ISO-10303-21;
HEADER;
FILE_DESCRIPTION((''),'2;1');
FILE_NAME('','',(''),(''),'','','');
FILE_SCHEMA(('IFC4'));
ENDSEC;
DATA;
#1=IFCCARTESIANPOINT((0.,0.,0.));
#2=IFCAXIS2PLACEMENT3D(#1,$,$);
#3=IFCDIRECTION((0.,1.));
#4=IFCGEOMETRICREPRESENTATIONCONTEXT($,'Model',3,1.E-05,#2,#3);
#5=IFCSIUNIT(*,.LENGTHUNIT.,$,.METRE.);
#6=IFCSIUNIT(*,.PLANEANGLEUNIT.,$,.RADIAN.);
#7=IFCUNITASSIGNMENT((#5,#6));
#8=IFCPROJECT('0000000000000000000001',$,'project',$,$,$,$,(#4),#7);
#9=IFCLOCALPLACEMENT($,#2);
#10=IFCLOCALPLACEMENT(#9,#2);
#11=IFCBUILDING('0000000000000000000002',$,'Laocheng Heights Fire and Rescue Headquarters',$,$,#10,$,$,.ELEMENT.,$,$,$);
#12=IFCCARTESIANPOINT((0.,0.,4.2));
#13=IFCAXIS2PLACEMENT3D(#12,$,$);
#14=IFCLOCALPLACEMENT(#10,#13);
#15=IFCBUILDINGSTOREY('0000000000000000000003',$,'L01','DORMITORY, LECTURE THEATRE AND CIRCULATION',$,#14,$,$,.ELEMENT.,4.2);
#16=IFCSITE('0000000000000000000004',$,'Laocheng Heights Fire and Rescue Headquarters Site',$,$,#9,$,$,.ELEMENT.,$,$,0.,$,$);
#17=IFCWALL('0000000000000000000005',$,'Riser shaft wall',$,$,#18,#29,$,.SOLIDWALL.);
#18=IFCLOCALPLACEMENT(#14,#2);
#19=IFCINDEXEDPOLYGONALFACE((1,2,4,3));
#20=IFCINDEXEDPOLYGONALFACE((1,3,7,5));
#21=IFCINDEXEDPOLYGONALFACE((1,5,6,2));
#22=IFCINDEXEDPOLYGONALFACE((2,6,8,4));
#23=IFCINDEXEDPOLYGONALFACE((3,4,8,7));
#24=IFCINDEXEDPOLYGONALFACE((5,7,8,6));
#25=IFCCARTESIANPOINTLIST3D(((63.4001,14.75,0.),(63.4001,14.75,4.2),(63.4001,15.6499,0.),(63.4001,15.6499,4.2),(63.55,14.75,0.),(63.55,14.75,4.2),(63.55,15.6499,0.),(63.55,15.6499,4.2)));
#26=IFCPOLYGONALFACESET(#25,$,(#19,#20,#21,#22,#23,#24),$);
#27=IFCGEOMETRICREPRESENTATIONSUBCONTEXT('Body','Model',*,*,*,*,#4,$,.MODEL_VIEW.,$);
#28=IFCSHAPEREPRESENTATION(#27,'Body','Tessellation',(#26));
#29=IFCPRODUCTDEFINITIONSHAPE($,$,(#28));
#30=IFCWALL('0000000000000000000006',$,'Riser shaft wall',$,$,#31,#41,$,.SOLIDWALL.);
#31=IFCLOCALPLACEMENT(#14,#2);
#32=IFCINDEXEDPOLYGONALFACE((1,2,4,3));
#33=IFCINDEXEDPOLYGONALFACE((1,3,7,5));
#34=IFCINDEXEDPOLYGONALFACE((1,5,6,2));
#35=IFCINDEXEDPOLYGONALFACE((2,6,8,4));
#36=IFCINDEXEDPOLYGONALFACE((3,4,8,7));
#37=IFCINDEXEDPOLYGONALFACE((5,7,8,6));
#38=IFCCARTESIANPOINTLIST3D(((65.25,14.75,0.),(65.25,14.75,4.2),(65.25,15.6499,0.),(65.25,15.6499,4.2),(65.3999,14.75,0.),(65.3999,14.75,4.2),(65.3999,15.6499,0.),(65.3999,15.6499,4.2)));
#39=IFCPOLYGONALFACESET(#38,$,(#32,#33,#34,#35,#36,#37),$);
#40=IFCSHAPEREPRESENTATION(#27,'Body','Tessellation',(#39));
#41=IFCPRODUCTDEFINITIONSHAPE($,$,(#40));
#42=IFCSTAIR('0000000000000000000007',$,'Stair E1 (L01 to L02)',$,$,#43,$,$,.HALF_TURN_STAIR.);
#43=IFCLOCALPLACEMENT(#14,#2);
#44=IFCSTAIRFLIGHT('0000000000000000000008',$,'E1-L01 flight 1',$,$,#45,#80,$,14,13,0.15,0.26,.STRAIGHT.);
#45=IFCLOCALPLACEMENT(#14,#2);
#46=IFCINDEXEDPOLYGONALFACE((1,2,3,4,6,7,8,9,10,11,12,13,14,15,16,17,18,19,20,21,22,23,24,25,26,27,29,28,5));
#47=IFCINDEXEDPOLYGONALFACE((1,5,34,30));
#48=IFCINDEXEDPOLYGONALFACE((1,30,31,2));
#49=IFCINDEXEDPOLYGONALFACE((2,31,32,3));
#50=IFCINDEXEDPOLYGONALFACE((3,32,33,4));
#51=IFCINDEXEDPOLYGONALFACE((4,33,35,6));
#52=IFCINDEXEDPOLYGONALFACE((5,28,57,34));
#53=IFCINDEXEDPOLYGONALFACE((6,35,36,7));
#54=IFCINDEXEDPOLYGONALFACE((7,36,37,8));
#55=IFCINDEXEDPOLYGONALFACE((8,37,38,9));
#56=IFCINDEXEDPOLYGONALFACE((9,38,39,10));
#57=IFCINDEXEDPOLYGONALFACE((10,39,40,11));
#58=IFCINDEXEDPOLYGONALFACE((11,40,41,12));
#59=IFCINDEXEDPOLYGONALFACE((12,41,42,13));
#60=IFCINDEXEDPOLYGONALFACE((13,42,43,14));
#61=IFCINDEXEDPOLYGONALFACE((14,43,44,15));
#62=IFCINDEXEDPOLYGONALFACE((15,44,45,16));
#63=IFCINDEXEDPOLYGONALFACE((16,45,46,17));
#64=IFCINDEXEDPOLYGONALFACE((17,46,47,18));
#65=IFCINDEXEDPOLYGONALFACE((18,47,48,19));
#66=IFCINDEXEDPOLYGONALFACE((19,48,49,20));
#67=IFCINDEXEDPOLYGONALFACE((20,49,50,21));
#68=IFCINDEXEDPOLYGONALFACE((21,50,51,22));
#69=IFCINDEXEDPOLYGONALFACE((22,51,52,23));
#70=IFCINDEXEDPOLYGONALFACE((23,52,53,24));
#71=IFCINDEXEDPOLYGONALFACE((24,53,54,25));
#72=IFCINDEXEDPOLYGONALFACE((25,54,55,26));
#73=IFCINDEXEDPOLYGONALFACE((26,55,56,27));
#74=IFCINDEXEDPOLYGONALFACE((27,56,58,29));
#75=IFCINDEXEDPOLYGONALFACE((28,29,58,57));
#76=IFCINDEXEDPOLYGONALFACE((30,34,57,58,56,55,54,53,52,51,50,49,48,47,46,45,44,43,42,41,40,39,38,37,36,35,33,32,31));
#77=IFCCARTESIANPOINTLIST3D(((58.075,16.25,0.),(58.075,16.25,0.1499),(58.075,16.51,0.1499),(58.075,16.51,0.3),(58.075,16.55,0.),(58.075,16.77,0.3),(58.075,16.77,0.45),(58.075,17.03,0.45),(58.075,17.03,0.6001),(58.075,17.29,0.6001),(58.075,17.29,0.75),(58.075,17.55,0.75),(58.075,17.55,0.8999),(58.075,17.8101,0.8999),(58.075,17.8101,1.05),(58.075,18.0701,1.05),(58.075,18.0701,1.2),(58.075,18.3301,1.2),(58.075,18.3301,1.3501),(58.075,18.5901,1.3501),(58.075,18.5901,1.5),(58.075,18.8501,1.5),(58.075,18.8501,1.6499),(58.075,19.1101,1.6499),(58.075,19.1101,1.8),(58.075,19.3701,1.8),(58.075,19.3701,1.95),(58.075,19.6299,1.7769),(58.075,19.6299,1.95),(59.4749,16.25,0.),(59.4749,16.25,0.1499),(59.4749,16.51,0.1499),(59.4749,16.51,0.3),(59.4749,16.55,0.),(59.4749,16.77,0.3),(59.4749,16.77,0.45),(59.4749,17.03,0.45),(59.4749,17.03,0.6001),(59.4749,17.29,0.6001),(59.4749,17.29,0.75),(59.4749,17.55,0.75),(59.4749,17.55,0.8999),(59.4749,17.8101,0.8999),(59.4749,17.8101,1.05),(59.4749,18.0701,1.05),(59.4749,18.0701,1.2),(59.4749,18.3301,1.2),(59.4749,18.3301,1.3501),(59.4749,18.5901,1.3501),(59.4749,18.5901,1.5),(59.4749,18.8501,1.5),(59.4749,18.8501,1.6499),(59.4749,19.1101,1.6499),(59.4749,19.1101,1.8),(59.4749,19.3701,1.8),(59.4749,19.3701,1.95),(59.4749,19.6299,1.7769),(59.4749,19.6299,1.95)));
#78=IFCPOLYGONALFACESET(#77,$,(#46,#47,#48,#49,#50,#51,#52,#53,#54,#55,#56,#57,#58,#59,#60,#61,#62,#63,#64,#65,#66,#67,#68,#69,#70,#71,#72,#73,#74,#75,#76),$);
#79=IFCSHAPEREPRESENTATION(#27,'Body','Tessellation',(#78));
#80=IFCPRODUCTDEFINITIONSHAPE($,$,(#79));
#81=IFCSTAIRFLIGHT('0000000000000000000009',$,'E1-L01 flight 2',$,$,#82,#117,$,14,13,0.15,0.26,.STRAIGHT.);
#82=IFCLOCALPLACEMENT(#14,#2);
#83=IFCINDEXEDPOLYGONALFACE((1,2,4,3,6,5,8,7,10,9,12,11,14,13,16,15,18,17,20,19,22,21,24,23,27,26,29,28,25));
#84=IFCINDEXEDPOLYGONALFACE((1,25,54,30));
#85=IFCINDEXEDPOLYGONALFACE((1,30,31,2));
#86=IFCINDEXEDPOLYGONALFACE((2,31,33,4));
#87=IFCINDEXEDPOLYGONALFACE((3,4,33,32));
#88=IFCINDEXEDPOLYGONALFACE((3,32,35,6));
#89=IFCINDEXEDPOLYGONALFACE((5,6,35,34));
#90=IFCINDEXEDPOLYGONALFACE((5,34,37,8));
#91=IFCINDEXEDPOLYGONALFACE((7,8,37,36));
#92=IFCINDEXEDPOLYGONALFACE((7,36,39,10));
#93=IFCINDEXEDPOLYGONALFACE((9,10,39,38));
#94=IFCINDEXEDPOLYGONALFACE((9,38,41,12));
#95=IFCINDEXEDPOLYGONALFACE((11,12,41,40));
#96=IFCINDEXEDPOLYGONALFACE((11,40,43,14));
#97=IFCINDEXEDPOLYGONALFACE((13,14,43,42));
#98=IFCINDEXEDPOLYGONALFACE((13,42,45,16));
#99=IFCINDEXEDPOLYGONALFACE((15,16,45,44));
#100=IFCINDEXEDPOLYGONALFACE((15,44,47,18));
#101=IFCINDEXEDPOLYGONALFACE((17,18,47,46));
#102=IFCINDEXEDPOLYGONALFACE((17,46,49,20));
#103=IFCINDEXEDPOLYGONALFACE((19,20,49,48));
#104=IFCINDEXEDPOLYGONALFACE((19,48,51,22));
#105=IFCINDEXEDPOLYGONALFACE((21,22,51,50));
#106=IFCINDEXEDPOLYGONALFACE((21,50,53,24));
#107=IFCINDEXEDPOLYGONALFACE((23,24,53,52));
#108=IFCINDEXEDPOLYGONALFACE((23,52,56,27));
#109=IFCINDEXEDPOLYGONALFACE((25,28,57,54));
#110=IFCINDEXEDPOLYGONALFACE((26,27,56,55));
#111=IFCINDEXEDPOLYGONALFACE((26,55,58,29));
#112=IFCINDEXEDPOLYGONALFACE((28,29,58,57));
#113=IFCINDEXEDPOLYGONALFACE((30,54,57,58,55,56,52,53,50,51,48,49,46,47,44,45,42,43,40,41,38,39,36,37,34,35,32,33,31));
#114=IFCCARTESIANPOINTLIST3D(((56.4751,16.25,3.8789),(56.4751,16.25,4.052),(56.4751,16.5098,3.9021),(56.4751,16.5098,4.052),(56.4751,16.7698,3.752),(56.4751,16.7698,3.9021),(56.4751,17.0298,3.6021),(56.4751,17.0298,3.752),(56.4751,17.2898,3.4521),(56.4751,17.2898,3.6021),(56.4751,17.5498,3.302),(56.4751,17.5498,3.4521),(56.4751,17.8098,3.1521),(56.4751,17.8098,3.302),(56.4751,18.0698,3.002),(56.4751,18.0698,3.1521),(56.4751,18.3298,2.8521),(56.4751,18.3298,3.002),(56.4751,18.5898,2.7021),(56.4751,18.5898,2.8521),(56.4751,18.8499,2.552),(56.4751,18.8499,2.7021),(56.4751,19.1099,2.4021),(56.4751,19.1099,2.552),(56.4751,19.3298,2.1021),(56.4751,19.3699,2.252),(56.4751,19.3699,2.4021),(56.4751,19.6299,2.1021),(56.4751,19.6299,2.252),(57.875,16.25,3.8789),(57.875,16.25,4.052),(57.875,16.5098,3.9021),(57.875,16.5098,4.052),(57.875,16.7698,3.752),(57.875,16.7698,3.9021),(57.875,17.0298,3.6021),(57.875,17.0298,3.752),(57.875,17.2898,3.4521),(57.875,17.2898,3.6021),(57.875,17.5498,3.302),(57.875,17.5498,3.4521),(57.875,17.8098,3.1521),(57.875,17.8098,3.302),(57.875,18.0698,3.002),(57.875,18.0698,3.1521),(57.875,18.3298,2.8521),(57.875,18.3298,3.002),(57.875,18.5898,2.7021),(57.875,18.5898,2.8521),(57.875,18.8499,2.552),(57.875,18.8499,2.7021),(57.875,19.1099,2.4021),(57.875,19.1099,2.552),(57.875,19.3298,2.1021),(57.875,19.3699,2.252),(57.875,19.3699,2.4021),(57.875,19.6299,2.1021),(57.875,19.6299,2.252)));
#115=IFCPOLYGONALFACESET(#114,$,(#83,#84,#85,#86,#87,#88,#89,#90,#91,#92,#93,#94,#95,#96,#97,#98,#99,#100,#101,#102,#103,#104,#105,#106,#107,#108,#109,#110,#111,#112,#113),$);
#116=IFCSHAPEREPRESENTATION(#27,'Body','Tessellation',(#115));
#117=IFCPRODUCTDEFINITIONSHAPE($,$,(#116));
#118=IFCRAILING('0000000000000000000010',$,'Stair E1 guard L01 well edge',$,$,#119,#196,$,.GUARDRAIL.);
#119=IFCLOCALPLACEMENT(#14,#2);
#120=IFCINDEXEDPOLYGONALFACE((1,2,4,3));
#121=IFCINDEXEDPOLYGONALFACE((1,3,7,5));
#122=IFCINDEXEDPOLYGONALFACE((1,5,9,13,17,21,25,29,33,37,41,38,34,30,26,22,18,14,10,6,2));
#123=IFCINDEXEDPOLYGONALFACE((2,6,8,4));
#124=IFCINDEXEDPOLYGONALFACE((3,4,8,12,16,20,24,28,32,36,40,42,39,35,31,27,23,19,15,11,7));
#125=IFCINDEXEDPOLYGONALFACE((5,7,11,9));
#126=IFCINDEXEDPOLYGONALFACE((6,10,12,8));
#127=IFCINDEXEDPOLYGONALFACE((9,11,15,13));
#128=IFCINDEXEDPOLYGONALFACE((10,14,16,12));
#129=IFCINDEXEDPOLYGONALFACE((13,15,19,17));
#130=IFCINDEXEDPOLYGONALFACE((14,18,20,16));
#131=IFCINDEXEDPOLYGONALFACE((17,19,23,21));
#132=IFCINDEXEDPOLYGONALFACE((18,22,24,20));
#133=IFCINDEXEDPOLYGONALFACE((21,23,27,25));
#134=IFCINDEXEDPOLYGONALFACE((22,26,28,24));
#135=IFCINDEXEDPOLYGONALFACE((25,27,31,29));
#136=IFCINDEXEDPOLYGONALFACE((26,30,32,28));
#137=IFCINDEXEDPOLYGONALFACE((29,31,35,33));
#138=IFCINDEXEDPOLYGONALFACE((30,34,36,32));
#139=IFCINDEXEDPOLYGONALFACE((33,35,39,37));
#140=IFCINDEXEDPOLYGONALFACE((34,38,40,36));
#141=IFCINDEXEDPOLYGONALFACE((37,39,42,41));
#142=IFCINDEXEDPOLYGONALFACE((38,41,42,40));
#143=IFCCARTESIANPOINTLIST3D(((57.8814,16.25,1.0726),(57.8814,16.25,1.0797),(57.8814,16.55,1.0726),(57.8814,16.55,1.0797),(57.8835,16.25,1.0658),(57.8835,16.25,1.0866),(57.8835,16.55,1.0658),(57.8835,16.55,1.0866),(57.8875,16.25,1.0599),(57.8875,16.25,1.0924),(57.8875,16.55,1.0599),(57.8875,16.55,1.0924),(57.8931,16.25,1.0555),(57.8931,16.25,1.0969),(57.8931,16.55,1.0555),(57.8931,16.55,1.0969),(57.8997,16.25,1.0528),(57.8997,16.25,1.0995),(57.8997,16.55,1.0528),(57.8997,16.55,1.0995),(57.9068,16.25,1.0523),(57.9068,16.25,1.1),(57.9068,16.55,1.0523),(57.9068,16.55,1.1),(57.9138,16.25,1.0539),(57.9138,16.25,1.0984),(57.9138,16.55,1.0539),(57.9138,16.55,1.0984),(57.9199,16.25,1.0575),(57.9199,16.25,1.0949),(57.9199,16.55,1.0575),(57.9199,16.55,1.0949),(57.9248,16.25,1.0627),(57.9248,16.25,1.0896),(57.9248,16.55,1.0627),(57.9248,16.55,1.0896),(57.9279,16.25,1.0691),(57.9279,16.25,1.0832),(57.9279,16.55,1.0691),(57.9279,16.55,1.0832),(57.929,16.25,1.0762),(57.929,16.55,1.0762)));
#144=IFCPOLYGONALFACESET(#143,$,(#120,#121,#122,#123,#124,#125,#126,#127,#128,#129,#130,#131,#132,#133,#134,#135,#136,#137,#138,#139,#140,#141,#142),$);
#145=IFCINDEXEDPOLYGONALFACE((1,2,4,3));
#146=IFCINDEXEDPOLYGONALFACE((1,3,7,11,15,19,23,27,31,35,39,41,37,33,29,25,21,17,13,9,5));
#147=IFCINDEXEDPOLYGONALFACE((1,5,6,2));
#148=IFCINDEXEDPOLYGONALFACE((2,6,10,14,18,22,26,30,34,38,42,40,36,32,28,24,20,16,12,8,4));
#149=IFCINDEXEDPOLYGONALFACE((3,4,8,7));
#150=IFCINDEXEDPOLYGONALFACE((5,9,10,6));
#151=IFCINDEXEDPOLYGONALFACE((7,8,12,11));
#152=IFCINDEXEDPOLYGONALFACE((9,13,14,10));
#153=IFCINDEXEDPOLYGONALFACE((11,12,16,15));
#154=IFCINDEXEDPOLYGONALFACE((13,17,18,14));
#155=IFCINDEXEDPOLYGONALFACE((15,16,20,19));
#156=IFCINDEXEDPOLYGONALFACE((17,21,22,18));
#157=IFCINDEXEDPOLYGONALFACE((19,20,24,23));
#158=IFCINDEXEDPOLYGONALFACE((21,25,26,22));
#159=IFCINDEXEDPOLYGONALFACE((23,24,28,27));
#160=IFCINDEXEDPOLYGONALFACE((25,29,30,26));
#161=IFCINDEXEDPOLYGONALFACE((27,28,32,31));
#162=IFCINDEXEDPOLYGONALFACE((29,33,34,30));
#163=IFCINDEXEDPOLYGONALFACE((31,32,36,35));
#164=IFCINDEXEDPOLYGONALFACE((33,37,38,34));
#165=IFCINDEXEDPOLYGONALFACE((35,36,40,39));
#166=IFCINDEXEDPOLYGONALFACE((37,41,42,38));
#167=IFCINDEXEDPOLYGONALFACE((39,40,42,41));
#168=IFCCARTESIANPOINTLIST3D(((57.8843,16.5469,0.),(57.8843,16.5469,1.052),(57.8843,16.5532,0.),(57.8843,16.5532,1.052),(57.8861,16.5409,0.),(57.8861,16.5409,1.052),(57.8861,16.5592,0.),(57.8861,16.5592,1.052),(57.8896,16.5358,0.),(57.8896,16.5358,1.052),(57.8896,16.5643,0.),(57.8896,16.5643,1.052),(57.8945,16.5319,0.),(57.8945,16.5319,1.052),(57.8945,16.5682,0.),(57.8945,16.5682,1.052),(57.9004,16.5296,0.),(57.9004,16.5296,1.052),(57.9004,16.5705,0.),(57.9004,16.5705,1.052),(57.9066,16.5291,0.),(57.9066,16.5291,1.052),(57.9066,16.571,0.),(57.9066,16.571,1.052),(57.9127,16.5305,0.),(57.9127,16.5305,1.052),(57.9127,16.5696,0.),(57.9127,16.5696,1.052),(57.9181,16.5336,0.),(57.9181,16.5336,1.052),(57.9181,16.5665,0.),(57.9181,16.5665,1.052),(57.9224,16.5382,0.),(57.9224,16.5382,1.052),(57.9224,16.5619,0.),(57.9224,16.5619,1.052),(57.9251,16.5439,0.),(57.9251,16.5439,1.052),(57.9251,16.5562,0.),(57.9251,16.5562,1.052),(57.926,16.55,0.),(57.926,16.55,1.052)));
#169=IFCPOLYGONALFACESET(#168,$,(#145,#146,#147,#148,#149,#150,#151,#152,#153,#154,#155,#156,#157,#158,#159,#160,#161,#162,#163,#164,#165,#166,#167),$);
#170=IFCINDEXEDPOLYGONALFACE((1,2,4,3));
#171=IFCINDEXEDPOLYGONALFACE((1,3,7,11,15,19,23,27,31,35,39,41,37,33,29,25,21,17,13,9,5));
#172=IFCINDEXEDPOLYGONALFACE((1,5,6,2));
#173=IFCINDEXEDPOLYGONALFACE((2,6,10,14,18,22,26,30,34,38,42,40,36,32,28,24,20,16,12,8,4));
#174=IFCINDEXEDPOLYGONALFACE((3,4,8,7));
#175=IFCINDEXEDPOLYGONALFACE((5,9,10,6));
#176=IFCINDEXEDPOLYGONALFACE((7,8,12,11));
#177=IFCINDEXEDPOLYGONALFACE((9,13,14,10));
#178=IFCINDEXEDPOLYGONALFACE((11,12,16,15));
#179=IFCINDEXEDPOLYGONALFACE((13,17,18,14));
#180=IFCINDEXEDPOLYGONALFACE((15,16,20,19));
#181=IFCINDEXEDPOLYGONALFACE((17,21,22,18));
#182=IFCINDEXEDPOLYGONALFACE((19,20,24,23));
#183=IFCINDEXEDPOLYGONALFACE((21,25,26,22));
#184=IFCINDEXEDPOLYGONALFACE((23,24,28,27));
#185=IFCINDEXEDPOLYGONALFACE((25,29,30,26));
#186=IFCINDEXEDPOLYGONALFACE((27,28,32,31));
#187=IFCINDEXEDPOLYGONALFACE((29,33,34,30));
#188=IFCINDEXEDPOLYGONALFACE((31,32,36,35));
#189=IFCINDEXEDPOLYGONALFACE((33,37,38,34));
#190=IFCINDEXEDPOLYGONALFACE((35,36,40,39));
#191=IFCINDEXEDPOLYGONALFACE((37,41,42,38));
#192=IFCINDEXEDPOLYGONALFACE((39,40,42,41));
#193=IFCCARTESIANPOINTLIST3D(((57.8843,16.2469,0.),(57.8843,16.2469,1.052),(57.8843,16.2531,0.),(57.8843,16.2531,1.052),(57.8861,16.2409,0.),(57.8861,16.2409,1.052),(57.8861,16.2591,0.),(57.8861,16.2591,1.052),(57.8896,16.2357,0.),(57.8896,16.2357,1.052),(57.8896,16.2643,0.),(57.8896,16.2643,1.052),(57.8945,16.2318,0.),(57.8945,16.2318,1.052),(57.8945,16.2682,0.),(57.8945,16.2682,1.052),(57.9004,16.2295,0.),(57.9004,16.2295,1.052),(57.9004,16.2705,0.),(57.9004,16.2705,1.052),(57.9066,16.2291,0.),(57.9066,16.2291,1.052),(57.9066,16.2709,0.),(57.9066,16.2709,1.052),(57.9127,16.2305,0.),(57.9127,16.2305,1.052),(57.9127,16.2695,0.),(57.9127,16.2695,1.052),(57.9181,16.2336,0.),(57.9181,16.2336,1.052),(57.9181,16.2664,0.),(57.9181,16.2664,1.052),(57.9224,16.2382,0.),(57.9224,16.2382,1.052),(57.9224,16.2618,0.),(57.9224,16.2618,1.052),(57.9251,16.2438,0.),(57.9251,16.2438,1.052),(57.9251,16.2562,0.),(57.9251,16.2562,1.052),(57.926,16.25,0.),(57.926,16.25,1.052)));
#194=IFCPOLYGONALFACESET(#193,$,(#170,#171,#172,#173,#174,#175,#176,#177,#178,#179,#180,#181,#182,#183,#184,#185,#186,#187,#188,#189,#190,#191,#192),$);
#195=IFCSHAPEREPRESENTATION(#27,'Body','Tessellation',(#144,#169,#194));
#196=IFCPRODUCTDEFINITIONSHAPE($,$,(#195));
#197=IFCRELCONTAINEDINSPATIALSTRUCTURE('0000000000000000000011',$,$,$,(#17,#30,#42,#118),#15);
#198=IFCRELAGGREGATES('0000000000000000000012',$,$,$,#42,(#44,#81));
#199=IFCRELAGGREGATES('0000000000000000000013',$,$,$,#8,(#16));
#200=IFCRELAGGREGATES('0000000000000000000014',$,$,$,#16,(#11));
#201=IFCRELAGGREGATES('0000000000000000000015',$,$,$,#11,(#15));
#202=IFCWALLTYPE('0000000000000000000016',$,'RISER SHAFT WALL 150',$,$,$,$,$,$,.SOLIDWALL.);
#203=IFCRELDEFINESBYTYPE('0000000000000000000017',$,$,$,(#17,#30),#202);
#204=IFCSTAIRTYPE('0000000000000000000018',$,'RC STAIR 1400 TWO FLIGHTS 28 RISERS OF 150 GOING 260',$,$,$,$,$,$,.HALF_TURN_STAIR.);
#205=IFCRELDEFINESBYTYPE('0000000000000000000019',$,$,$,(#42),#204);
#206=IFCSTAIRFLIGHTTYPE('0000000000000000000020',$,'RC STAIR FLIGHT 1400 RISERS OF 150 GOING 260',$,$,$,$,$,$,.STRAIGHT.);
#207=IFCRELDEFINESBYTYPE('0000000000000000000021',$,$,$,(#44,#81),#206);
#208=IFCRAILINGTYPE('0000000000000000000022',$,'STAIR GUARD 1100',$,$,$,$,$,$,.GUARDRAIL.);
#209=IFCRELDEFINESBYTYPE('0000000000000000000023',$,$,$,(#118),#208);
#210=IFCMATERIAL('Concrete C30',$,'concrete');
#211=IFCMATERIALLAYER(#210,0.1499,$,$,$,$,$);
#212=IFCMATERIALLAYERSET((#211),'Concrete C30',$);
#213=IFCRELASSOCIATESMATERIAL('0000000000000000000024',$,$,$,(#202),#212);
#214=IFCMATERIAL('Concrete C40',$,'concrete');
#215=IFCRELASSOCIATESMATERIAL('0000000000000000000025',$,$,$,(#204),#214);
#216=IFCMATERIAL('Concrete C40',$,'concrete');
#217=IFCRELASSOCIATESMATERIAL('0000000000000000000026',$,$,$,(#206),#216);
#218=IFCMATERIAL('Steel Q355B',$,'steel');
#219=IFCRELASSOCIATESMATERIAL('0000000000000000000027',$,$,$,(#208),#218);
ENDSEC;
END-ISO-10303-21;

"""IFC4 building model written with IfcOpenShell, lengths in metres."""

from ifc_helpers import new_model, si_unit, direction, frame, frame_2d, origin, origin_2d, place, context, subcontext, project, spatial, polyline, rectangle, circle, outline, extrude, material, layer, layer_set, type_object, element, aggregate, save


model = new_model("IFC4")

# Units and contexts
model_context = context("Model", 3, precision=1e-05, world=origin(), true_north=direction((0.0, 1.0)))
body_context = subcontext(model_context, "Body", "Model", "MODEL_VIEW")
ifc_project = project(units=[si_unit("LENGTHUNIT", "METRE"), si_unit("PLANEANGLEUNIT", "RADIAN")], contexts=[model_context])

# Site, building, storey
site_placement = place(None, origin())
site = spatial("IfcSite", under=ifc_project, at=site_placement, Name="Laocheng Heights Fire and Rescue Headquarters Site", CompositionType="ELEMENT", RefElevation=0.0)
building_placement = place(site_placement, origin())
building = spatial("IfcBuilding", under=site, at=building_placement, Name="Laocheng Heights Fire and Rescue Headquarters", CompositionType="ELEMENT")
storey_placement = place(building_placement, frame((0.0, 0.0, 4.2)))
storey = spatial("IfcBuildingStorey", under=building, at=storey_placement, Name="L01", Description="DORMITORY, LECTURE THEATRE AND CIRCULATION", CompositionType="ELEMENT", Elevation=4.2)

# Walls
ifc_material_1 = material(Name="Concrete C30", Category="concrete")
ifc_layer_1 = layer(ifc_material_1, 0.1499)
ifc_layer_set_1 = layer_set([ifc_layer_1], Name="Concrete C30")
wall_type_1 = type_object("IfcWallType", Name="RISER SHAFT WALL 150", PredefinedType="SOLIDWALL", material=ifc_layer_set_1)
for number, where, z_axis, x_axis, name in (
    (1, (63.4751, 14.75, 0.0), (0.0, 0.0, 1.0), (0.0, 1.0, 0.0), "Riser shaft wall"),
    (2, (65.325, 14.75, 0.0), (0.0, 0.0, 1.0), (0.0, 1.0, 0.0), "Riser shaft wall"),
):
    element("IfcWall", number, at=place(storey_placement, frame(where, z_axis=z_axis, x_axis=x_axis)), inside=storey, type_object=wall_type_1, Name=name, PredefinedType="SOLIDWALL", context=body_context, shape_type="SweptSolid", body=[
        extrude(rectangle(XDim=0.8999, YDim=0.1499, at=frame_2d((0.45, 0.0))), origin(), (0.0, 0.0, 1.0), 4.2),
    ])

# Stair, stair flights
ifc_material_2 = material(Name="Concrete C40", Category="concrete")
stair_type = type_object("IfcStairType", Name="RC STAIR 1400 TWO FLIGHTS 28 RISERS OF 150 GOING 260", PredefinedType="HALF_TURN_STAIR", material=ifc_material_2)
stair_placement = place(storey_placement, origin())
stair = element("IfcStair", 3, at=stair_placement, inside=storey, type_object=stair_type, Name="Stair E1 (L01 to L02)", PredefinedType="HALF_TURN_STAIR")
ifc_material_3 = material(Name="Concrete C40", Category="concrete")
stair_flight_type = type_object("IfcStairFlightType", Name="RC STAIR FLIGHT 1400 RISERS OF 150 GOING 260", PredefinedType="STRAIGHT", material=ifc_material_3)
stair_flight_1_placement = place(storey_placement, frame((58.7749, 16.25, 0.0), z_axis=(0.0, 0.0, 1.0), x_axis=(0.0, 1.0, 0.0)))
stair_flight_1 = element("IfcStairFlight", 4, at=stair_flight_1_placement, type_object=stair_flight_type, Name="E1-L01 flight 1", NumberOfRisers=14, NumberOfTreads=13, PredefinedType="STRAIGHT", RiserHeight=0.15, TreadLength=0.26, context=body_context, shape_type="SweptSolid", body=[
    extrude(outline(polyline([(0.0, 0.0), (0.0, 0.1499), (0.26, 0.1499), (0.26, 0.3), (0.52, 0.3), (0.52, 0.45), (0.78, 0.45), (0.78, 0.6001), (1.04, 0.6001), (1.04, 0.75), (1.3, 0.75), (1.3, 0.8999), (1.5601, 0.8999), (1.5601, 1.05), (1.8201, 1.05), (1.8201, 1.2), (2.0801, 1.2), (2.0801, 1.3501), (2.3401, 1.3501), (2.3401, 1.5), (2.6001, 1.5), (2.6001, 1.6499), (2.8601, 1.6499), (2.8601, 1.8), (3.1201, 1.8), (3.1201, 1.95), (3.3799, 1.95), (3.3799, 2.1001), (3.3799, 1.7769), (0.3, 0.0), (0.0, 0.0)])), frame((0.0, 0.7, 0.0), z_axis=(0.0, -1.0, 0.0), x_axis=(1.0, 0.0, 0.0)), (0.0, 0.0, 1.0), 1.3999),
])
stair_flight_2_placement = place(storey_placement, frame((57.175, 19.6299, 2.1021), z_axis=(0.0, 0.0, 1.0), x_axis=(0.0, -1.0, 0.0)))
stair_flight_2 = element("IfcStairFlight", 5, at=stair_flight_2_placement, type_object=stair_flight_type, Name="E1-L01 flight 2", NumberOfRisers=14, NumberOfTreads=13, PredefinedType="STRAIGHT", RiserHeight=0.15, TreadLength=0.26, context=body_context, shape_type="SweptSolid", body=[
    extrude(outline(polyline([(0.0, 0.0), (0.0, 0.1499), (0.26, 0.1499), (0.26, 0.3), (0.52, 0.3), (0.52, 0.45), (0.78, 0.45), (0.78, 0.6001), (1.04, 0.6001), (1.04, 0.75), (1.3, 0.75), (1.3, 0.8999), (1.5601, 0.8999), (1.5601, 1.05), (1.8201, 1.05), (1.8201, 1.2), (2.0801, 1.2), (2.0801, 1.3501), (2.3401, 1.3501), (2.3401, 1.5), (2.6001, 1.5), (2.6001, 1.6499), (2.8601, 1.6499), (2.8601, 1.8), (3.1201, 1.8), (3.1201, 1.95), (3.3799, 1.95), (3.3799, 2.1001), (3.3799, 1.7769), (0.3, 0.0), (0.0, 0.0)])), frame((0.0, 0.7, 0.0), z_axis=(0.0, -1.0, 0.0), x_axis=(1.0, 0.0, 0.0)), (0.0, 0.0, 1.0), 1.3999),
])
aggregate(stair, [stair_flight_1, stair_flight_2])

# Railing
ifc_material_4 = material(Name="Steel Q355B", Category="steel")
railing_type_1 = type_object("IfcRailingType", Name="STAIR GUARD 1100", PredefinedType="GUARDRAIL", material=ifc_material_4)
railing_1_placement = place(storey_placement, frame((57.905, 16.55, 0.0)))
element("IfcRailing", 6, at=railing_1_placement, inside=storey, type_object=railing_type_1, Name="Stair E1 guard L01 well edge", PredefinedType="GUARDRAIL", context=body_context, shape_type="SweptSolid", body=[
    extrude(circle(Radius=0.0239, at=origin_2d()), frame((0.0, 0.0, 1.0762), z_axis=(0.0, -1.0, 0.0), x_axis=(1.0, 0.0, 0.0)), (0.0, 0.0, 1.0), 0.3),
    extrude(circle(Radius=0.021, at=origin_2d()), origin(), (0.0, 0.0, 1.0), 1.052),
    extrude(circle(Radius=0.021, at=origin_2d()), frame((0.0, -0.3, 0.0)), (0.0, 0.0, 1.0), 1.052),
])

save(model, "model.ifc")
